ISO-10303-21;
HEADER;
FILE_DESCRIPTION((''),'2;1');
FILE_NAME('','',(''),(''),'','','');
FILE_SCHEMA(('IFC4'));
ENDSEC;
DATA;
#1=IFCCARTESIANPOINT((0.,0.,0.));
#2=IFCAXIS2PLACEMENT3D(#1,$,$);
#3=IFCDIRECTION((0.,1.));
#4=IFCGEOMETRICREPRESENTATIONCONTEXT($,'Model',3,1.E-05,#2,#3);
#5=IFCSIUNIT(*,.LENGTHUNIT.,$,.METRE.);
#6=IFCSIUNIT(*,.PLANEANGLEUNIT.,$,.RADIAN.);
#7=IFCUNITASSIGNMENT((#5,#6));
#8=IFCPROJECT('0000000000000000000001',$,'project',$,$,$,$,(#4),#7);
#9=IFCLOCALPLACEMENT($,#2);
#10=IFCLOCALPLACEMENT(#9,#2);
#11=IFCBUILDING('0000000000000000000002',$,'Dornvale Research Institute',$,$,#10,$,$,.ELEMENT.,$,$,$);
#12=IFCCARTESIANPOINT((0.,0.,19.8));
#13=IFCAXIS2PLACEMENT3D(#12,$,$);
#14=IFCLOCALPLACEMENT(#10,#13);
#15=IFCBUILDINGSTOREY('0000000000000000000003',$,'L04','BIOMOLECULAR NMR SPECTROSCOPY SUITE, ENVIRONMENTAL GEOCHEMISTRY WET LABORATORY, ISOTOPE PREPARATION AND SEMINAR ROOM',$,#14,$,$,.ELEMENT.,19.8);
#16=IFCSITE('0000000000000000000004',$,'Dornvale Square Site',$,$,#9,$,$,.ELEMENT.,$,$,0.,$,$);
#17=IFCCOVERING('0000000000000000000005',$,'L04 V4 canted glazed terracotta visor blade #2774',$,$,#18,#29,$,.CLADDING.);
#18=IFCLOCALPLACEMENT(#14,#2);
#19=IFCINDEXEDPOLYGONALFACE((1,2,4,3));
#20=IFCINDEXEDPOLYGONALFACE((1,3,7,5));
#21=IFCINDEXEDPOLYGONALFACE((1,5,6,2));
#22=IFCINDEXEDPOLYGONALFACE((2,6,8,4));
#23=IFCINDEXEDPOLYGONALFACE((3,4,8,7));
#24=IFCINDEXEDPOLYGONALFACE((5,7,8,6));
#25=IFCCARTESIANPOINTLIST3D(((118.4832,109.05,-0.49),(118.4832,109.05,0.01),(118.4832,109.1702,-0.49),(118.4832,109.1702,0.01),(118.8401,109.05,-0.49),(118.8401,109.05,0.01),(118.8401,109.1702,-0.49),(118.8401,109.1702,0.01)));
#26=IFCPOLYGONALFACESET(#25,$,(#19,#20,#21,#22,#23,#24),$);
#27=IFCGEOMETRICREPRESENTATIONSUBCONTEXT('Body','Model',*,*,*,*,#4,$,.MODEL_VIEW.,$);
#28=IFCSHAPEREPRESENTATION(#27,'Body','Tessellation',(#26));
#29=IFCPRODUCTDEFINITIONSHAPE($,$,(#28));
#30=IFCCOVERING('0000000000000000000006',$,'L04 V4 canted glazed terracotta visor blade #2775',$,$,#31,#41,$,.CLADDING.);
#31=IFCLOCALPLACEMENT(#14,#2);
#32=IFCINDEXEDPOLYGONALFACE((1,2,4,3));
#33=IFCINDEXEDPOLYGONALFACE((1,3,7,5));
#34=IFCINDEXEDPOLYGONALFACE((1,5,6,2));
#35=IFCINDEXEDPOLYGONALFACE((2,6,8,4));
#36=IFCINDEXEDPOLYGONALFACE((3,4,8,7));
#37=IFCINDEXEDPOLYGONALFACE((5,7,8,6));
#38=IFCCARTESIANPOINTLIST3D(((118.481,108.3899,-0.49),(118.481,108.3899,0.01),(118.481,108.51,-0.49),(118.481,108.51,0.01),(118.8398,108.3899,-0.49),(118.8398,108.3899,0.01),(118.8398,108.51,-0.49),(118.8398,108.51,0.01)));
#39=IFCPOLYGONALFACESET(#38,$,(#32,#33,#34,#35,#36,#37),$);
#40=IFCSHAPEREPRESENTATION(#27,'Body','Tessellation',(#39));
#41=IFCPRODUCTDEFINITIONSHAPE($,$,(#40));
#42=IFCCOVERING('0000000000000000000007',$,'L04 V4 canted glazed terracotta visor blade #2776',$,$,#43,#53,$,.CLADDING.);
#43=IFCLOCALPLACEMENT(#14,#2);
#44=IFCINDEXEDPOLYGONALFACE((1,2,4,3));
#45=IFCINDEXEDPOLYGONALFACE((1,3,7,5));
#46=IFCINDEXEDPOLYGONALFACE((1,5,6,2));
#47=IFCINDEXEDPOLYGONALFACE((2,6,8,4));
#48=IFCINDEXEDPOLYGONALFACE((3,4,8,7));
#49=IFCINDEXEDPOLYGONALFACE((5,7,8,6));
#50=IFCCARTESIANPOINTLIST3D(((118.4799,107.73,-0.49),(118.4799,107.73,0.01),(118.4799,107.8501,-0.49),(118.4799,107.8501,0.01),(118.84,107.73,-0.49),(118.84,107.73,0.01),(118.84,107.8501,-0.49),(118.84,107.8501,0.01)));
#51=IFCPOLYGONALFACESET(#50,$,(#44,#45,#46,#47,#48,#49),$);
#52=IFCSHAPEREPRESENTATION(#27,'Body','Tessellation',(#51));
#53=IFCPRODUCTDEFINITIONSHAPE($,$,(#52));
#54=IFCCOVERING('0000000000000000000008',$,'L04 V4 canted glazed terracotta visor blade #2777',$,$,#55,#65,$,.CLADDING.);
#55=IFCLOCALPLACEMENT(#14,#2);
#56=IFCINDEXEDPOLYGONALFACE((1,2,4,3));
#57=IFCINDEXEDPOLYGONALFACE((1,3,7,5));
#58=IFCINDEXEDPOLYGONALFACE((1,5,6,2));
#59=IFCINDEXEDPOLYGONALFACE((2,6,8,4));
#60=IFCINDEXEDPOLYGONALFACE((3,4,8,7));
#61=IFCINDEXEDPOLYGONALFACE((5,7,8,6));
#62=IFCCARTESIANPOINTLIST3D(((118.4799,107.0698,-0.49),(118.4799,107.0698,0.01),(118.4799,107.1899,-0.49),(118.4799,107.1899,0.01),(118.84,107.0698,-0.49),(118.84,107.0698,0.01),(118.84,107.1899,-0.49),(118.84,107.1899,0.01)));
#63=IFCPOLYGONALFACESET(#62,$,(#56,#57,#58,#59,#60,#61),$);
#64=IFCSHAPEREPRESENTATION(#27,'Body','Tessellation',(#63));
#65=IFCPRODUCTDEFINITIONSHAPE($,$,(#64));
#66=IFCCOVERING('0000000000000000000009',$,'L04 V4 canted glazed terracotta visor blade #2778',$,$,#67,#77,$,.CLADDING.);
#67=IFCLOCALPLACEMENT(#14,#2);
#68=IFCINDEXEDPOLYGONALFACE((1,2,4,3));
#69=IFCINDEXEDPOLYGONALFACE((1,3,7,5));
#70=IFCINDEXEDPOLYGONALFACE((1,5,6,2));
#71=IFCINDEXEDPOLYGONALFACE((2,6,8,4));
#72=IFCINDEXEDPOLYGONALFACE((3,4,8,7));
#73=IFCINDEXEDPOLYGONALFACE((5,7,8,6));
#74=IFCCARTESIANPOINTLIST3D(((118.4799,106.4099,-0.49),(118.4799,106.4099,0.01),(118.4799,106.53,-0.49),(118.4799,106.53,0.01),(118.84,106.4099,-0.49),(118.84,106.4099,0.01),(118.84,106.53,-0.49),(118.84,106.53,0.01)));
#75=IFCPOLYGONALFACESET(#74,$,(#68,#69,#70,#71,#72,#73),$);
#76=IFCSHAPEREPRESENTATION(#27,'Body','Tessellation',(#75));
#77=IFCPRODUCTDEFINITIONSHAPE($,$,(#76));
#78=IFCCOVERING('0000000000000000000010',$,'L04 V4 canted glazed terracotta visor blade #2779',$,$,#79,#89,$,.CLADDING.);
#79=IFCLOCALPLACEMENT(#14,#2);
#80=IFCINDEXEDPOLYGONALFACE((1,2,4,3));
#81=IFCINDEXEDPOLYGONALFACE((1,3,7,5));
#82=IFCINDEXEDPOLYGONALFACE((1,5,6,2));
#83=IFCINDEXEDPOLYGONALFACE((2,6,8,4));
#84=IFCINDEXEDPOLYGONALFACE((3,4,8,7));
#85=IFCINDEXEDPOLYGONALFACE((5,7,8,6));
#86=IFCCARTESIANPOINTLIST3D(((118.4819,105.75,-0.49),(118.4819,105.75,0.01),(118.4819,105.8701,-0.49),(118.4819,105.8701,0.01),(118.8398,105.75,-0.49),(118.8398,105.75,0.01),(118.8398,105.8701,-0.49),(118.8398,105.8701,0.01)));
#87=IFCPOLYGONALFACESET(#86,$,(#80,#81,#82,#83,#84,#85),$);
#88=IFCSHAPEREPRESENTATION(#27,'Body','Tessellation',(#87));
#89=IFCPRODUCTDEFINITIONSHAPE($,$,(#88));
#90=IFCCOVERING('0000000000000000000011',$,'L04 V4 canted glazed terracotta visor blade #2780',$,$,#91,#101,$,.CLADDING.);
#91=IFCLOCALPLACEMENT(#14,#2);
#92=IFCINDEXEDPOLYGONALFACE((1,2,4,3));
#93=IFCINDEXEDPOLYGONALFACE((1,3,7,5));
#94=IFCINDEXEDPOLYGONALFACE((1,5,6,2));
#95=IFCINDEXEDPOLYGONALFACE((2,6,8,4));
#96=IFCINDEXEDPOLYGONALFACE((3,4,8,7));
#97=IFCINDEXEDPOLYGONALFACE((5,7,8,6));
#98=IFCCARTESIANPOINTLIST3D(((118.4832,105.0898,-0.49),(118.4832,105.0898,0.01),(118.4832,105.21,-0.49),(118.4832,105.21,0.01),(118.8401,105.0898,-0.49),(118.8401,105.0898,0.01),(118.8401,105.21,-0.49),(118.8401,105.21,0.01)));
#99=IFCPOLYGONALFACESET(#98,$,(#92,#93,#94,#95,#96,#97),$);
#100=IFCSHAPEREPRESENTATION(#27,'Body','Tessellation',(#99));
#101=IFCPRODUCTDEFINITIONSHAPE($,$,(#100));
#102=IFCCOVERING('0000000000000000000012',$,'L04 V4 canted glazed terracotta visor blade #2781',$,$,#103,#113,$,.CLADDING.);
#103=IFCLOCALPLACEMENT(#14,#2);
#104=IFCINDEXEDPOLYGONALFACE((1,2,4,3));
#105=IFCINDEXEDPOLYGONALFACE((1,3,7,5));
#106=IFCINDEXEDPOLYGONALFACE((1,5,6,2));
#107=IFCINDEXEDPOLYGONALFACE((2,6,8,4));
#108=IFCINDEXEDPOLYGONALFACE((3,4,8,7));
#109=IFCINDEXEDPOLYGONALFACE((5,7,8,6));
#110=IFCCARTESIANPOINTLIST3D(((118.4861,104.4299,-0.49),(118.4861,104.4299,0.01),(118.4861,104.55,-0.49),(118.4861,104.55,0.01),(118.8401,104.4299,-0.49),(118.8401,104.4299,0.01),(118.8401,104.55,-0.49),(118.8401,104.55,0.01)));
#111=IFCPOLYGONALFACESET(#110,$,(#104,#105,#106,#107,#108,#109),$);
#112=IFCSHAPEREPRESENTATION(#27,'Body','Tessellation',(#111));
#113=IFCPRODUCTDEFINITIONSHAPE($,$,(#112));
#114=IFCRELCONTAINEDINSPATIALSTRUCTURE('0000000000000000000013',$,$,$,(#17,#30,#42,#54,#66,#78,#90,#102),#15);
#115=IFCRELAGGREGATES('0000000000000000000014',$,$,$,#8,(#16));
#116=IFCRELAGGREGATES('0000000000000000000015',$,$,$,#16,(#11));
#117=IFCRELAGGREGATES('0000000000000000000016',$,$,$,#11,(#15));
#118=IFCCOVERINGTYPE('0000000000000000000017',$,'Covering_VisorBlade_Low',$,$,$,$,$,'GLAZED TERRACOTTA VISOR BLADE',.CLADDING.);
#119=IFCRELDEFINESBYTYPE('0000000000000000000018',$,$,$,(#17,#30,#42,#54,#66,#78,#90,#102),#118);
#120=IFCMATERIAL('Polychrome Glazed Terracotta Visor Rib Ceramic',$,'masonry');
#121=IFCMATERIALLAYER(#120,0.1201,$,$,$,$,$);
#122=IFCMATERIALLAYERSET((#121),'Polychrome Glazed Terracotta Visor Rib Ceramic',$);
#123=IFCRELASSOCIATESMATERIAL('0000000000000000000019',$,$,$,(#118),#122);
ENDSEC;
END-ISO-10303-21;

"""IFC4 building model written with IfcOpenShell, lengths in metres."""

from ifc_helpers import new_model, si_unit, direction, frame, origin, origin_2d, place, context, subcontext, project, spatial, rectangle, extrude, material, layer, layer_set, type_object, element, save


model = new_model("IFC4")

# Units and contexts
model_context = context("Model", 3, precision=1e-05, world=origin(), true_north=direction((0.0, 1.0)))
body_context = subcontext(model_context, "Body", "Model", "MODEL_VIEW")
ifc_project = project(units=[si_unit("LENGTHUNIT", "METRE"), si_unit("PLANEANGLEUNIT", "RADIAN")], contexts=[model_context])

# Site, building, storey
site_placement = place(None, origin())
site = spatial("IfcSite", under=ifc_project, at=site_placement, Name="Dornvale Square Site", CompositionType="ELEMENT", RefElevation=0.0)
building_placement = place(site_placement, origin())
building = spatial("IfcBuilding", under=site, at=building_placement, Name="Dornvale Research Institute", CompositionType="ELEMENT")
storey_placement = place(building_placement, frame((0.0, 0.0, 19.8)))
storey = spatial("IfcBuildingStorey", under=building, at=storey_placement, Name="L04", Description="BIOMOLECULAR NMR SPECTROSCOPY SUITE, ENVIRONMENTAL GEOCHEMISTRY WET LABORATORY, ISOTOPE PREPARATION AND SEMINAR ROOM", CompositionType="ELEMENT", Elevation=19.8)

# Coverings
ifc_material_1 = material(Name="Polychrome Glazed Terracotta Visor Rib Ceramic", Category="masonry")
ifc_layer_1 = layer(ifc_material_1, 0.1201)
ifc_layer_set_1 = layer_set([ifc_layer_1], Name="Polychrome Glazed Terracotta Visor Rib Ceramic")
covering_type = type_object("IfcCoveringType", Name="Covering_VisorBlade_Low", ElementType="GLAZED TERRACOTTA VISOR BLADE", PredefinedType="CLADDING", material=ifc_layer_set_1)
covering_1_placement = place(storey_placement, frame((118.6616, 109.1101, -0.49), z_axis=(0.0, 0.0, 1.0), x_axis=(1.0, 0.0, 0.0)))
element("IfcCovering", 1, at=covering_1_placement, inside=storey, type_object=covering_type, Name="L04 V4 canted glazed terracotta visor blade #2774", PredefinedType="CLADDING", context=body_context, shape_type="SweptSolid", body=[
    extrude(rectangle(XDim=0.3569, YDim=0.1201, at=origin_2d()), origin(), (0.0, 0.0, 1.0), 0.5),
])
covering_2_placement = place(storey_placement, frame((118.6604, 108.45, -0.49), z_axis=(0.0, 0.0, 1.0), x_axis=(1.0, 0.0, 0.0)))
element("IfcCovering", 2, at=covering_2_placement, inside=storey, type_object=covering_type, Name="L04 V4 canted glazed terracotta visor blade #2775", PredefinedType="CLADDING", context=body_context, shape_type="SweptSolid", body=[
    extrude(rectangle(XDim=0.3589, YDim=0.1201, at=origin_2d()), origin(), (0.0, 0.0, 1.0), 0.5),
])
for number, where, z_axis, x_axis, name in (
    (3, (118.6599, 107.79, -0.49), (0.0, 0.0, 1.0), (1.0, 0.0, 0.0), "L04 V4 canted glazed terracotta visor blade #2776"),
    (4, (118.6599, 107.1299, -0.49), (0.0, 0.0, 1.0), (1.0, 0.0, 0.0), "L04 V4 canted glazed terracotta visor blade #2777"),
    (5, (118.6599, 106.47, -0.49), (0.0, 0.0, 1.0), (1.0, 0.0, 0.0), "L04 V4 canted glazed terracotta visor blade #2778"),
):
    element("IfcCovering", number, at=place(storey_placement, frame(where, z_axis=z_axis, x_axis=x_axis)), inside=storey, type_object=covering_type, Name=name, PredefinedType="CLADDING", context=body_context, shape_type="SweptSolid", body=[
        extrude(rectangle(XDim=0.3601, YDim=0.1201, at=origin_2d()), origin(), (0.0, 0.0, 1.0), 0.5),
    ])
covering_3_placement = place(storey_placement, frame((118.6609, 105.8101, -0.49), z_axis=(0.0, 0.0, 1.0), x_axis=(1.0, 0.0, 0.0)))
element("IfcCovering", 6, at=covering_3_placement, inside=storey, type_object=covering_type, Name="L04 V4 canted glazed terracotta visor blade #2779", PredefinedType="CLADDING", context=body_context, shape_type="SweptSolid", body=[
    extrude(rectangle(XDim=0.3579, YDim=0.1201, at=origin_2d()), origin(), (0.0, 0.0, 1.0), 0.5),
])
covering_4_placement = place(storey_placement, frame((118.6616, 105.1499, -0.49), z_axis=(0.0, 0.0, 1.0), x_axis=(1.0, 0.0, 0.0)))
element("IfcCovering", 7, at=covering_4_placement, inside=storey, type_object=covering_type, Name="L04 V4 canted glazed terracotta visor blade #2780", PredefinedType="CLADDING", context=body_context, shape_type="SweptSolid", body=[
    extrude(rectangle(XDim=0.3569, YDim=0.1201, at=origin_2d()), origin(), (0.0, 0.0, 1.0), 0.5),
])
covering_5_placement = place(storey_placement, frame((118.6631, 104.49, -0.49), z_axis=(0.0, 0.0, 1.0), x_axis=(1.0, 0.0, 0.0)))
element("IfcCovering", 8, at=covering_5_placement, inside=storey, type_object=covering_type, Name="L04 V4 canted glazed terracotta visor blade #2781", PredefinedType="CLADDING", context=body_context, shape_type="SweptSolid", body=[
    extrude(rectangle(XDim=0.354, YDim=0.1201, at=origin_2d()), origin(), (0.0, 0.0, 1.0), 0.5),
])

save(model, "model.ifc")
